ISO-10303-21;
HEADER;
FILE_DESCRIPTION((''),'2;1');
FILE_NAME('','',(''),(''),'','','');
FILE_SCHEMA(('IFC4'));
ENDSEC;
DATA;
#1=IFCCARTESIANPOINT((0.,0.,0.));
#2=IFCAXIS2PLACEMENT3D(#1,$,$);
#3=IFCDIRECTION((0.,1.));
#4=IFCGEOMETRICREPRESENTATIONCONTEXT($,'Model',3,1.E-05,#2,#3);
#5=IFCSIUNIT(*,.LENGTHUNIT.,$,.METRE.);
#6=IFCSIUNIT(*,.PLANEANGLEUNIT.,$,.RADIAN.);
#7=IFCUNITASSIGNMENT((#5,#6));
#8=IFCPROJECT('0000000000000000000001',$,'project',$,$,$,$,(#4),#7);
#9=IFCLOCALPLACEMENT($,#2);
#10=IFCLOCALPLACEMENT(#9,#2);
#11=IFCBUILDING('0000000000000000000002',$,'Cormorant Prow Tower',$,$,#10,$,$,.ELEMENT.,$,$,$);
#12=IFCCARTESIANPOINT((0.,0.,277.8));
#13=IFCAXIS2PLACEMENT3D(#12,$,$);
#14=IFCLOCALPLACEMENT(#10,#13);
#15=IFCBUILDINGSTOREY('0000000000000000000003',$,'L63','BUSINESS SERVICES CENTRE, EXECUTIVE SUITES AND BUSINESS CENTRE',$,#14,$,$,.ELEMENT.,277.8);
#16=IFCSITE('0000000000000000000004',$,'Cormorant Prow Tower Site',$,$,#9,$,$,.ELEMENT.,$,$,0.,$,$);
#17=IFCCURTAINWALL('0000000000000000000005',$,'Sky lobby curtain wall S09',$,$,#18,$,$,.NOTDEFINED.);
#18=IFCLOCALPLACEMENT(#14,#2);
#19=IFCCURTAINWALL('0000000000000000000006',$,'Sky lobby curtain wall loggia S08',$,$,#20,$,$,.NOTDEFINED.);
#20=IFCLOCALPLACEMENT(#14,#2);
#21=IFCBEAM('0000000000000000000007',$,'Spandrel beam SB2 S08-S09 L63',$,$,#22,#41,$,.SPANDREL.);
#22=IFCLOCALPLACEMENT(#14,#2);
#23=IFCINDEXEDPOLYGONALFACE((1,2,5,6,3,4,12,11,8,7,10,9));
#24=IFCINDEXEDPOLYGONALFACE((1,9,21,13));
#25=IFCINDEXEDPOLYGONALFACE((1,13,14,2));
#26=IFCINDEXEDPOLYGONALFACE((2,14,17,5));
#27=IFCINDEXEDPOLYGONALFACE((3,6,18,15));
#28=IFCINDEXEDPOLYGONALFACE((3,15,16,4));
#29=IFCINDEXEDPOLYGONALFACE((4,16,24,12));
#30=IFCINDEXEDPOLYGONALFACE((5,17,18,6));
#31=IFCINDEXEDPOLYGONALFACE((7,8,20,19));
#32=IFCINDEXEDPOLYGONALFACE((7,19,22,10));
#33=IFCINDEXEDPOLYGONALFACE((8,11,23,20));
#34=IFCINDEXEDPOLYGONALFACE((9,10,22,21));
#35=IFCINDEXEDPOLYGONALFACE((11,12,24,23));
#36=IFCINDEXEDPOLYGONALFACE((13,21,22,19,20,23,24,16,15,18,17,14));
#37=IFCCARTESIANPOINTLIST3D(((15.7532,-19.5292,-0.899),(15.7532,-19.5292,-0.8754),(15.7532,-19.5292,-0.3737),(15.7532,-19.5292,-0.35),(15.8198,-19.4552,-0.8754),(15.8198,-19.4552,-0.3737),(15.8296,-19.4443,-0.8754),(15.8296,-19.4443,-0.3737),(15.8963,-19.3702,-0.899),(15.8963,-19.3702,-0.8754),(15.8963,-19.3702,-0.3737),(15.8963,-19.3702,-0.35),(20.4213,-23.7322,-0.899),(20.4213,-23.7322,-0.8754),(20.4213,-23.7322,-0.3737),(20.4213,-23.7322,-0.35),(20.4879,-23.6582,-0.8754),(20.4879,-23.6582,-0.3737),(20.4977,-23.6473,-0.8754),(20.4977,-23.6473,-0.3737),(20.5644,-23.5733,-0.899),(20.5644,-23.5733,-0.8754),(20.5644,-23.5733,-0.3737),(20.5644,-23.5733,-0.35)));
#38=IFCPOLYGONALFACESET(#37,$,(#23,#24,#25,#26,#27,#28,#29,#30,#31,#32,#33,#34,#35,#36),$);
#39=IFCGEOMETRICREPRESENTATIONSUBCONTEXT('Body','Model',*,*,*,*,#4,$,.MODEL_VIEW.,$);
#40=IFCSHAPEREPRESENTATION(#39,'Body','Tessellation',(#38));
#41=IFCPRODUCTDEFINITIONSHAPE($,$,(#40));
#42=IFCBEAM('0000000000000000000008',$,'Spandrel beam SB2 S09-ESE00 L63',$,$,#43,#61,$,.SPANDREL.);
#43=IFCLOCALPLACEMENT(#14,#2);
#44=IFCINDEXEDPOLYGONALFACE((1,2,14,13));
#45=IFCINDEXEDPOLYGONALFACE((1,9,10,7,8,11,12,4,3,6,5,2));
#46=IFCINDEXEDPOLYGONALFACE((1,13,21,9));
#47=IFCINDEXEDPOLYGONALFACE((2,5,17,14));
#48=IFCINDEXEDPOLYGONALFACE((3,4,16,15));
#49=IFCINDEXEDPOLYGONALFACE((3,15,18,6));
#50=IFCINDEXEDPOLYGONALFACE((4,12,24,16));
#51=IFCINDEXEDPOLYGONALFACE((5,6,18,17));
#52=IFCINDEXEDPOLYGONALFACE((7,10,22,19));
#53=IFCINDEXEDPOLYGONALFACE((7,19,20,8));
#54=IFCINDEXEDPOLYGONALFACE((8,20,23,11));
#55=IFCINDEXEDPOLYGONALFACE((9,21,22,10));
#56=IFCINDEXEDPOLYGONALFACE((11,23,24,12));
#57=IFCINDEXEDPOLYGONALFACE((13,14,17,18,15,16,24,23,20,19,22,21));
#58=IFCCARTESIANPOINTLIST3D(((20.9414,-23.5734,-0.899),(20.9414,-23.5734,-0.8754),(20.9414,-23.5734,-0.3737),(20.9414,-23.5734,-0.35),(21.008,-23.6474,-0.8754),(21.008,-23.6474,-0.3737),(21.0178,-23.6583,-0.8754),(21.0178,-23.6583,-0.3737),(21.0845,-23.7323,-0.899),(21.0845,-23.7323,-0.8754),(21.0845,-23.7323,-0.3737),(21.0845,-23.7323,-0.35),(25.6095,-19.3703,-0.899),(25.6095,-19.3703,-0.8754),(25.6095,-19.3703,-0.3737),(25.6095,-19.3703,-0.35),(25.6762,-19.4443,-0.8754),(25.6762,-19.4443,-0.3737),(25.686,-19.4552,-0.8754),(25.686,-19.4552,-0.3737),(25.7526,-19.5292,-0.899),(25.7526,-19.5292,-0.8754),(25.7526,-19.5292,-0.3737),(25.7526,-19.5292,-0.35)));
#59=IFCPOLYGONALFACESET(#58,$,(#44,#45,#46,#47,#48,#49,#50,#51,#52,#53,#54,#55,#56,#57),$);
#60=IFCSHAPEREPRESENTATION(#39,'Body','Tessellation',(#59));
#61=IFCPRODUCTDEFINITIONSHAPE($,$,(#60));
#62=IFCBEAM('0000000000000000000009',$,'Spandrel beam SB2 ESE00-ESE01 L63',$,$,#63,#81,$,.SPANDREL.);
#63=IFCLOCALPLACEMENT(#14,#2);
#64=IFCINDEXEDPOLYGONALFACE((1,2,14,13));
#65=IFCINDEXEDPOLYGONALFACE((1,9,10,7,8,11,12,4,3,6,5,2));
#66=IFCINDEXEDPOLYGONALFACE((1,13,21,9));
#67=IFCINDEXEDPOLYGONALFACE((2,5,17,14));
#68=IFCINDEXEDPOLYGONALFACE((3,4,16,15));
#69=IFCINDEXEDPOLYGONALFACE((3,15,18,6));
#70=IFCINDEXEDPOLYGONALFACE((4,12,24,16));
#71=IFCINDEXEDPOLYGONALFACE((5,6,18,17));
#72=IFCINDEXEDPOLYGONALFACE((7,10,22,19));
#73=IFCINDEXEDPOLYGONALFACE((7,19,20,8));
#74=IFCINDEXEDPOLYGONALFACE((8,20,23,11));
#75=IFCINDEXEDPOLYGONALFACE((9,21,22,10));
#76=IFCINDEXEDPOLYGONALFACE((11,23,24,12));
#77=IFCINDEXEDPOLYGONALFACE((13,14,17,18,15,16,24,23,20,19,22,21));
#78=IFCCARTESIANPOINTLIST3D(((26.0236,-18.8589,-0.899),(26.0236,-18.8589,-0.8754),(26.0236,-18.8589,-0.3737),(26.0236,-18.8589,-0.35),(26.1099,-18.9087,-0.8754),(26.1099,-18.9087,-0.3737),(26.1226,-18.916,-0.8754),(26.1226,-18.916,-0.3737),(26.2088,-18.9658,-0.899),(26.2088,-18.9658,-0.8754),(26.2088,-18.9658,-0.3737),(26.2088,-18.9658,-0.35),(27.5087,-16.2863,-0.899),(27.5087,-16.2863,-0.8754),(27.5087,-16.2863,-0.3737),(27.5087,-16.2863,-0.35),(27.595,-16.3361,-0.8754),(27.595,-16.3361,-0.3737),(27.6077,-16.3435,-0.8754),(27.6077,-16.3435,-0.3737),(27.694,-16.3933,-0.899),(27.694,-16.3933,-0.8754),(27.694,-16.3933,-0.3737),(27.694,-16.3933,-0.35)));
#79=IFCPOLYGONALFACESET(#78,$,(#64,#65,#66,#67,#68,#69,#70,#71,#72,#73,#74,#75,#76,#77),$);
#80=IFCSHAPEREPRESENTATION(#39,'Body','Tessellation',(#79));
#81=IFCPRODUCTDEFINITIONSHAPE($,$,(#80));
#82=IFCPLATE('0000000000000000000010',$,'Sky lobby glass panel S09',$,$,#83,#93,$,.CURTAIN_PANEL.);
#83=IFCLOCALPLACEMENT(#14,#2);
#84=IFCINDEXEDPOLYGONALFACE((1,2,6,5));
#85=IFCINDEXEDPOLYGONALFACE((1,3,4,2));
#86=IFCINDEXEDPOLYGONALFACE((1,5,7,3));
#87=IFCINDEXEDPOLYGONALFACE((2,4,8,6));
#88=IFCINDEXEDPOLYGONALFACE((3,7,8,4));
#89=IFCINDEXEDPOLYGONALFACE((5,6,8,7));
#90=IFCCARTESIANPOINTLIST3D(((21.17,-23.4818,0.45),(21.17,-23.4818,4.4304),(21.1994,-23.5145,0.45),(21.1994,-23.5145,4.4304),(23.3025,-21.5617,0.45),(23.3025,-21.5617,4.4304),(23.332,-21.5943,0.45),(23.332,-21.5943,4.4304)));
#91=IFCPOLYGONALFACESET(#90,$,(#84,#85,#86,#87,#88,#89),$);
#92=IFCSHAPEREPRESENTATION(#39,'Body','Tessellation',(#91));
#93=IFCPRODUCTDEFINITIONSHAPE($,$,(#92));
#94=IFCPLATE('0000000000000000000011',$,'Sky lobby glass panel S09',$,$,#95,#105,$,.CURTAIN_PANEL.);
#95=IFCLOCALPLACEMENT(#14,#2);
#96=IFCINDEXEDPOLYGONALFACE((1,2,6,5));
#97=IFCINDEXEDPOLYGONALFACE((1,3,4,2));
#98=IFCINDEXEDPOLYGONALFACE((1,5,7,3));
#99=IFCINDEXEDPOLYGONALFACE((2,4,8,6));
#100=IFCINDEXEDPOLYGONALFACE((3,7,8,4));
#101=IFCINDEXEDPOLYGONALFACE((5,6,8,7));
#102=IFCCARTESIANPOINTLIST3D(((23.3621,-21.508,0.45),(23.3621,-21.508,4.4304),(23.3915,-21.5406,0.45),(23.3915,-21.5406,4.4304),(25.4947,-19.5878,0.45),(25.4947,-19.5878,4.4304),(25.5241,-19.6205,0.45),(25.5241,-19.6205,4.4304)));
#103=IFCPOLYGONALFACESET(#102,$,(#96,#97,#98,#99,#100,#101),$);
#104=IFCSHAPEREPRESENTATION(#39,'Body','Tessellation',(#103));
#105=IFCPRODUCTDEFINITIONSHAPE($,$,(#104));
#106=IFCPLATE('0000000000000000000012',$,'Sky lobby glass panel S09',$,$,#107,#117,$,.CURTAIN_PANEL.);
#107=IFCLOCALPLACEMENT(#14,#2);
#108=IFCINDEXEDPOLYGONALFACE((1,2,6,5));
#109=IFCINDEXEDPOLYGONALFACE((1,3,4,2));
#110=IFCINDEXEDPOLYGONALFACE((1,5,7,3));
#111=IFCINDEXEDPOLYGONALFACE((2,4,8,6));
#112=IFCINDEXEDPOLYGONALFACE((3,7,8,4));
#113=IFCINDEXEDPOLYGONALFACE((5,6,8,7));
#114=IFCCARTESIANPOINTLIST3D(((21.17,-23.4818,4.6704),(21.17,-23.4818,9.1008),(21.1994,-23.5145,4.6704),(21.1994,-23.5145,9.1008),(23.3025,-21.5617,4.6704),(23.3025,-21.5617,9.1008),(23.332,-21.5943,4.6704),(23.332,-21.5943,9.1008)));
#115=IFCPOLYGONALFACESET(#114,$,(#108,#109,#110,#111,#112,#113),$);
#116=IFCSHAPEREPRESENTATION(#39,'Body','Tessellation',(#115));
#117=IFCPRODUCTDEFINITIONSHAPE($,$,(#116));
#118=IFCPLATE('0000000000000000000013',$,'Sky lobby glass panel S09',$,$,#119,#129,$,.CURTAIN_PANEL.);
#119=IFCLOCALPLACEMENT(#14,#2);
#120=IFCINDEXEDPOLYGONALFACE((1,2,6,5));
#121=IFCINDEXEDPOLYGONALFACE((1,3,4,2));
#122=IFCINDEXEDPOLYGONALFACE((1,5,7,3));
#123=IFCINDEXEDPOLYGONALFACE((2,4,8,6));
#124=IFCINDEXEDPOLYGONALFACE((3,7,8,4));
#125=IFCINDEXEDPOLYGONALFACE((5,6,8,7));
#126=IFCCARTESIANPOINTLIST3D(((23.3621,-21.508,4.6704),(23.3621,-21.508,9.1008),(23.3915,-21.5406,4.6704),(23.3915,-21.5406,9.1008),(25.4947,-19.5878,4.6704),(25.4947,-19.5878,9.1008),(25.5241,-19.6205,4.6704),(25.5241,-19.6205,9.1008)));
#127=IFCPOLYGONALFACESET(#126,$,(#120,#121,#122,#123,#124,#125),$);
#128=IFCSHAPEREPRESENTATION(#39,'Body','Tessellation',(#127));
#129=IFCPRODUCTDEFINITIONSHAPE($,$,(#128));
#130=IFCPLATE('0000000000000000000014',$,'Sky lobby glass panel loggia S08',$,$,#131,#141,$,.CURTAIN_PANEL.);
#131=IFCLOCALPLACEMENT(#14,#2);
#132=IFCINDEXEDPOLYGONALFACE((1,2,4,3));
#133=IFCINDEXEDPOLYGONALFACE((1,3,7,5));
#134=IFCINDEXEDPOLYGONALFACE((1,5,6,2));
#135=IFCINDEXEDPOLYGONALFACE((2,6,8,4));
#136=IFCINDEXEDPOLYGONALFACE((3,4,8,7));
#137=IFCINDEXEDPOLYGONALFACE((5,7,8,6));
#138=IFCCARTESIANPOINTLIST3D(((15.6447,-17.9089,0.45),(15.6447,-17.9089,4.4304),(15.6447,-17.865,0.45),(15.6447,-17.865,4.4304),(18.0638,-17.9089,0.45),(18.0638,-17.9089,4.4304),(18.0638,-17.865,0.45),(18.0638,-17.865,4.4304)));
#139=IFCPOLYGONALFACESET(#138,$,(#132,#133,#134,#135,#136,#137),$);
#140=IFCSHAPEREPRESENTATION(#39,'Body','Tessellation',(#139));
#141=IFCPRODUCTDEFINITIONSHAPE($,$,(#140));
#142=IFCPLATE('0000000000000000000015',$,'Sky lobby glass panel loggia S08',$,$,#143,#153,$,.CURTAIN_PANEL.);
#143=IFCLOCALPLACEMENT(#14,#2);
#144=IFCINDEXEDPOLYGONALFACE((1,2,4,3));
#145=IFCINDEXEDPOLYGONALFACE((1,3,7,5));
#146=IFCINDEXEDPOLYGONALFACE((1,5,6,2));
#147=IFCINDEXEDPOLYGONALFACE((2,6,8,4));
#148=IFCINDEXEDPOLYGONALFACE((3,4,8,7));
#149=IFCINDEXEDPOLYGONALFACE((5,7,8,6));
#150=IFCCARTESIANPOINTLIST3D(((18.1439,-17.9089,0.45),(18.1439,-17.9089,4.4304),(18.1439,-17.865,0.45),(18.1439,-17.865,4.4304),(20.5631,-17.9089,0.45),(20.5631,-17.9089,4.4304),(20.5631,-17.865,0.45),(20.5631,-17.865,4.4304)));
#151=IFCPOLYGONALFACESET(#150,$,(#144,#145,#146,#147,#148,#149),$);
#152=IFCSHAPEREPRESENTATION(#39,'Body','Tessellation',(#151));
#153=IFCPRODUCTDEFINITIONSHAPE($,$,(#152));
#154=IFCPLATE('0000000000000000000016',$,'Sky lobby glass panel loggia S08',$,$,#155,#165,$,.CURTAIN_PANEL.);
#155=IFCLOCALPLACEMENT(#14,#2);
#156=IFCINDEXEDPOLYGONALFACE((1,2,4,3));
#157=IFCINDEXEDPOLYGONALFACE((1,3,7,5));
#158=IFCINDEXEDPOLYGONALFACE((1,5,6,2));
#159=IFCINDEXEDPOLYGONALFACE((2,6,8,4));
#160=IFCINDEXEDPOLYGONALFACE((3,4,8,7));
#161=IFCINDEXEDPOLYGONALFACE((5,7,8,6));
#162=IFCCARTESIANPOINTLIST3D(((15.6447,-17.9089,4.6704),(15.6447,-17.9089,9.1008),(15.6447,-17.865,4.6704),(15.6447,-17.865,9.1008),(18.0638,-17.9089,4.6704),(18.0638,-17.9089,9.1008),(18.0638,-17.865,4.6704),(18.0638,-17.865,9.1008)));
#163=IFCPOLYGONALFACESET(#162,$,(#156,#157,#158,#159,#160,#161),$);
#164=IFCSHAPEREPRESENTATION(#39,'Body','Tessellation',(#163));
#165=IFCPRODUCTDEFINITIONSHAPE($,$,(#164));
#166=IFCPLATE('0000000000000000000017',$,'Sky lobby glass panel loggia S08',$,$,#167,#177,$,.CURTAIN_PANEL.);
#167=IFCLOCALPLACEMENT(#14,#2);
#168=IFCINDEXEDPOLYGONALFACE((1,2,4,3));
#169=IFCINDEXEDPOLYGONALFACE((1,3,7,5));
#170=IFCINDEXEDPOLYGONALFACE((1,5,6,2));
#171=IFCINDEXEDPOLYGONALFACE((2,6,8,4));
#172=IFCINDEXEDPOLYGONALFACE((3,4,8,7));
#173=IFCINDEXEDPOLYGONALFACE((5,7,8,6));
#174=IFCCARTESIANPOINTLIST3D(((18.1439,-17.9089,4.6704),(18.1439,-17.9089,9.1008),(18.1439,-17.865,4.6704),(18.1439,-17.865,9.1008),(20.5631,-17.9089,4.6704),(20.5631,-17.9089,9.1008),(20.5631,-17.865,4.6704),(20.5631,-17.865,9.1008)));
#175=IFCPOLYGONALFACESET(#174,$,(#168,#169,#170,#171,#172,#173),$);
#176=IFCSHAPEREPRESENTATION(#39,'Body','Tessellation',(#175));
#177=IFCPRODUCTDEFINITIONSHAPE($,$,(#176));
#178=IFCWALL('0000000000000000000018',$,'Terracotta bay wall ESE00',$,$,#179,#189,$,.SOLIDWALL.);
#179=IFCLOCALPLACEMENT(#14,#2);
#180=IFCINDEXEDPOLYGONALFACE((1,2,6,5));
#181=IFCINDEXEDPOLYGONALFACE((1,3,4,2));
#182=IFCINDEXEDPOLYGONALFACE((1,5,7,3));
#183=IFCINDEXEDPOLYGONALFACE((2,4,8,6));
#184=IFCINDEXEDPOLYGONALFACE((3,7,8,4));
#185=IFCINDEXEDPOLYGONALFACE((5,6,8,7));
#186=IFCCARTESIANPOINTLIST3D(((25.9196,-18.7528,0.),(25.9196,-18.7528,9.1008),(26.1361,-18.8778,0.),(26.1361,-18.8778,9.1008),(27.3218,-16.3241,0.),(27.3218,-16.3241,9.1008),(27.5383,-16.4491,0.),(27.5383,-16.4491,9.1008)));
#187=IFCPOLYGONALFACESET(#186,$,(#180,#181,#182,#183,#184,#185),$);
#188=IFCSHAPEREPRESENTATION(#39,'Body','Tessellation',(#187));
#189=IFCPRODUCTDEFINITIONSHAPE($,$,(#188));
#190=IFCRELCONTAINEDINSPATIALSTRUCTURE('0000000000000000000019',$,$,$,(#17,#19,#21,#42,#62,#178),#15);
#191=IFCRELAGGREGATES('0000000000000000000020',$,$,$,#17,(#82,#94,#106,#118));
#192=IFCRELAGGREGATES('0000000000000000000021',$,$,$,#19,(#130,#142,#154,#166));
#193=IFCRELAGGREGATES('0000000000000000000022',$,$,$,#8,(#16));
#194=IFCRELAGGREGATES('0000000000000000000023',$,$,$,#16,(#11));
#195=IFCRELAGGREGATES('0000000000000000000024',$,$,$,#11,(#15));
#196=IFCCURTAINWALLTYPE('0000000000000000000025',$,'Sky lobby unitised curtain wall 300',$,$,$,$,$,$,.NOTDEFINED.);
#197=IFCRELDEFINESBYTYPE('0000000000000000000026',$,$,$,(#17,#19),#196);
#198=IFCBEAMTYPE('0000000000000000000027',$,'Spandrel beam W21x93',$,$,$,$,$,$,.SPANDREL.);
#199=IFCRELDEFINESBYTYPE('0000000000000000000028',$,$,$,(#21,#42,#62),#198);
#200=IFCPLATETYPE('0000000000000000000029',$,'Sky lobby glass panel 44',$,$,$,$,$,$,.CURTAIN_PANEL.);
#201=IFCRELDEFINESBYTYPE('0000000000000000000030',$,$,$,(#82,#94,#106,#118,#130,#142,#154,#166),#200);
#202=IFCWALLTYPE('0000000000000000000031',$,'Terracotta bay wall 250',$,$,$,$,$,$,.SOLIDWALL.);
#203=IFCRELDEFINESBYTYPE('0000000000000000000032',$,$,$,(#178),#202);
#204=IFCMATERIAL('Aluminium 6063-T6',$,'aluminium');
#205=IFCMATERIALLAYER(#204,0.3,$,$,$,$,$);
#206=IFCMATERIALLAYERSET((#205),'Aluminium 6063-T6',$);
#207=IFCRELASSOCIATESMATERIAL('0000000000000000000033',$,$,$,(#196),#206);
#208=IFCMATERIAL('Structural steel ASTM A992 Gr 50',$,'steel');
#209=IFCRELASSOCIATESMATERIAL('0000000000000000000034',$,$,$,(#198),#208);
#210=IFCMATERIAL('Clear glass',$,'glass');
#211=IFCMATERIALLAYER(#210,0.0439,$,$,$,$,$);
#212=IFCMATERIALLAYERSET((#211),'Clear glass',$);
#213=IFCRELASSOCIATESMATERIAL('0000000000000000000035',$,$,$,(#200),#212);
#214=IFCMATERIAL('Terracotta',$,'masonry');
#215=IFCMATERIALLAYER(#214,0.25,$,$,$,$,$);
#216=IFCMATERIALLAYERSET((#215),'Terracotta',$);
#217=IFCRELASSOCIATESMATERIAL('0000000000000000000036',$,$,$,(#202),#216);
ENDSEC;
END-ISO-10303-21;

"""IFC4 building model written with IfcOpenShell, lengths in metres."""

from ifc_helpers import new_model, si_unit, direction, frame, frame_2d, origin, origin_2d, place, context, subcontext, project, spatial, rectangle, i_section, extrude, material, layer, layer_set, material_profile, profile_set, type_object, element, aggregate, save


model = new_model("IFC4")

# Units and contexts
model_context = context("Model", 3, precision=1e-05, world=origin(), true_north=direction((0.0, 1.0)))
body_context = subcontext(model_context, "Body", "Model", "MODEL_VIEW")
ifc_project = project(units=[si_unit("LENGTHUNIT", "METRE"), si_unit("PLANEANGLEUNIT", "RADIAN")], contexts=[model_context])

# Site, building, storey
site_placement = place(None, origin())
site = spatial("IfcSite", under=ifc_project, at=site_placement, Name="Cormorant Prow Tower Site", CompositionType="ELEMENT", RefElevation=0.0)
building_placement = place(site_placement, origin())
building = spatial("IfcBuilding", under=site, at=building_placement, Name="Cormorant Prow Tower", CompositionType="ELEMENT")
storey_placement = place(building_placement, frame((0.0, 0.0, 277.8)))
storey = spatial("IfcBuildingStorey", under=building, at=storey_placement, Name="L63", Description="BUSINESS SERVICES CENTRE, EXECUTIVE SUITES AND BUSINESS CENTRE", CompositionType="ELEMENT", Elevation=277.8)

# Curtain wall
ifc_material_1 = material(Name="Aluminium 6063-T6", Category="aluminium")
ifc_layer_1 = layer(ifc_material_1, 0.3)
ifc_layer_set_1 = layer_set([ifc_layer_1], Name="Aluminium 6063-T6")
curtain_wall_type = type_object("IfcCurtainWallType", Name="Sky lobby unitised curtain wall 300", PredefinedType="NOTDEFINED", material=ifc_layer_set_1)
curtain_wall_1_placement = place(storey_placement, origin())
curtain_wall_1 = element("IfcCurtainWall", 1, at=curtain_wall_1_placement, inside=storey, type_object=curtain_wall_type, Name="Sky lobby curtain wall S09", PredefinedType="NOTDEFINED")

# Curtain wall
curtain_wall_2_placement = place(storey_placement, origin())
curtain_wall_2 = element("IfcCurtainWall", 2, at=curtain_wall_2_placement, inside=storey, type_object=curtain_wall_type, Name="Sky lobby curtain wall loggia S08", PredefinedType="NOTDEFINED")

# Beams
ifc_material_2 = material(Name="Structural steel ASTM A992 Gr 50", Category="steel")
ifc_material_profile_1 = material_profile(ifc_material_2, i_section(OverallWidth=0.2139, OverallDepth=0.5491, WebThickness=0.0146, FlangeThickness=0.0237, at=origin_2d()), Name="W21x93")
ifc_profile_set_1 = profile_set([ifc_material_profile_1], Name="Structural steel ASTM A992 Gr 50")
beam_type = type_object("IfcBeamType", Name="Spandrel beam W21x93", PredefinedType="SPANDREL", material=ifc_profile_set_1)
for number, where, z_axis, x_axis, name in (
    (3, (15.8247, -19.4497, -0.6245), (0.743157, -0.669117, 0.0), (0.669117, 0.743157, 0.0), "Spandrel beam SB2 S08-S09 L63"),
    (4, (21.0129, -23.6528, -0.6245), (0.743157, 0.669117, 0.0), (-0.669117, 0.743157, 0.0), "Spandrel beam SB2 S09-ESE00 L63"),
):
    element("IfcBeam", number, at=place(storey_placement, frame(where, z_axis=z_axis, x_axis=x_axis)), inside=storey, type_object=beam_type, Name=name, PredefinedType="SPANDREL", context=body_context, shape_type="SweptSolid", body=[
        extrude(i_section(OverallWidth=0.2139, OverallDepth=0.5491, WebThickness=0.0146, FlangeThickness=0.0237, at=origin_2d()), origin(), (0.0, 0.0, 1.0), 6.2815),
    ])
beam_placement = place(storey_placement, frame((26.1162, -18.9124, -0.6245), z_axis=(0.499967, 0.866045, 0.0), x_axis=(-0.866045, 0.499967, 0.0)))
element("IfcBeam", 5, at=beam_placement, inside=storey, type_object=beam_type, Name="Spandrel beam SB2 ESE00-ESE01 L63", PredefinedType="SPANDREL", context=body_context, shape_type="SweptSolid", body=[
    extrude(i_section(OverallWidth=0.2139, OverallDepth=0.5491, WebThickness=0.0146, FlangeThickness=0.0237, at=origin_2d()), origin(), (0.0, 0.0, 1.0), 2.9705),
])

# Plates
ifc_material_3 = material(Name="Clear glass", Category="glass")
ifc_layer_2 = layer(ifc_material_3, 0.0439)
ifc_layer_set_2 = layer_set([ifc_layer_2], Name="Clear glass")
plate_type = type_object("IfcPlateType", Name="Sky lobby glass panel 44", PredefinedType="CURTAIN_PANEL", material=ifc_layer_set_2)
plate_1_placement = place(storey_placement, frame((22.251, -22.5381, 0.45), z_axis=(0.0, 0.0, 1.0), x_axis=(0.743145, 0.669131, 0.0)))
plate_1 = element("IfcPlate", 6, at=plate_1_placement, type_object=plate_type, Name="Sky lobby glass panel S09", PredefinedType="CURTAIN_PANEL", context=body_context, shape_type="SweptSolid", body=[
    extrude(rectangle(XDim=2.8696, YDim=0.0439, at=origin_2d()), origin(), (0.0, 0.0, 1.0), 3.9805),
])
plate_2_placement = place(storey_placement, frame((24.4431, -20.5642, 0.45), z_axis=(0.0, 0.0, 1.0), x_axis=(0.743145, 0.669131, 0.0)))
plate_2 = element("IfcPlate", 7, at=plate_2_placement, type_object=plate_type, Name="Sky lobby glass panel S09", PredefinedType="CURTAIN_PANEL", context=body_context, shape_type="SweptSolid", body=[
    extrude(rectangle(XDim=2.8696, YDim=0.0439, at=origin_2d()), origin(), (0.0, 0.0, 1.0), 3.9805),
])
plate_3_placement = place(storey_placement, frame((22.251, -22.5381, 4.6704), z_axis=(0.0, 0.0, 1.0), x_axis=(0.743145, 0.669131, 0.0)))
plate_3 = element("IfcPlate", 8, at=plate_3_placement, type_object=plate_type, Name="Sky lobby glass panel S09", PredefinedType="CURTAIN_PANEL", context=body_context, shape_type="SweptSolid", body=[
    extrude(rectangle(XDim=2.8696, YDim=0.0439, at=origin_2d()), origin(), (0.0, 0.0, 1.0), 4.4304),
])
plate_4_placement = place(storey_placement, frame((24.4431, -20.5642, 4.6704), z_axis=(0.0, 0.0, 1.0), x_axis=(0.743145, 0.669131, 0.0)))
plate_4 = element("IfcPlate", 9, at=plate_4_placement, type_object=plate_type, Name="Sky lobby glass panel S09", PredefinedType="CURTAIN_PANEL", context=body_context, shape_type="SweptSolid", body=[
    extrude(rectangle(XDim=2.8696, YDim=0.0439, at=origin_2d()), origin(), (0.0, 0.0, 1.0), 4.4304),
])
aggregate(curtain_wall_1, [plate_1, plate_2, plate_3, plate_4])
plate_5_placement = place(storey_placement, frame((16.8542, -17.887, 0.45), z_axis=(0.0, 0.0, 1.0), x_axis=(1.0, 0.0, 0.0)))
plate_5 = element("IfcPlate", 10, at=plate_5_placement, type_object=plate_type, Name="Sky lobby glass panel loggia S08", PredefinedType="CURTAIN_PANEL", context=body_context, shape_type="SweptSolid", body=[
    extrude(rectangle(XDim=2.4192, YDim=0.0439, at=origin_2d()), origin(), (0.0, 0.0, 1.0), 3.9805),
])
plate_6_placement = place(storey_placement, frame((19.3535, -17.887, 0.45), z_axis=(0.0, 0.0, 1.0), x_axis=(1.0, 0.0, 0.0)))
plate_6 = element("IfcPlate", 11, at=plate_6_placement, type_object=plate_type, Name="Sky lobby glass panel loggia S08", PredefinedType="CURTAIN_PANEL", context=body_context, shape_type="SweptSolid", body=[
    extrude(rectangle(XDim=2.4192, YDim=0.0439, at=origin_2d()), origin(), (0.0, 0.0, 1.0), 3.9805),
])
plate_7_placement = place(storey_placement, frame((16.8542, -17.887, 4.6704), z_axis=(0.0, 0.0, 1.0), x_axis=(1.0, 0.0, 0.0)))
plate_7 = element("IfcPlate", 12, at=plate_7_placement, type_object=plate_type, Name="Sky lobby glass panel loggia S08", PredefinedType="CURTAIN_PANEL", context=body_context, shape_type="SweptSolid", body=[
    extrude(rectangle(XDim=2.4192, YDim=0.0439, at=origin_2d()), origin(), (0.0, 0.0, 1.0), 4.4304),
])
plate_8_placement = place(storey_placement, frame((19.3535, -17.887, 4.6704), z_axis=(0.0, 0.0, 1.0), x_axis=(1.0, 0.0, 0.0)))
plate_8 = element("IfcPlate", 13, at=plate_8_placement, type_object=plate_type, Name="Sky lobby glass panel loggia S08", PredefinedType="CURTAIN_PANEL", context=body_context, shape_type="SweptSolid", body=[
    extrude(rectangle(XDim=2.4192, YDim=0.0439, at=origin_2d()), origin(), (0.0, 0.0, 1.0), 4.4304),
])
aggregate(curtain_wall_2, [plate_5, plate_6, plate_7, plate_8])

# Wall
ifc_material_4 = material(Name="Terracotta", Category="masonry")
ifc_layer_3 = layer(ifc_material_4, 0.25)
ifc_layer_set_3 = layer_set([ifc_layer_3], Name="Terracotta")
wall_type_1 = type_object("IfcWallType", Name="Terracotta bay wall 250", PredefinedType="SOLIDWALL", material=ifc_layer_set_3)
wall_1_placement = place(storey_placement, frame((26.0278, -18.8154, 0.0), z_axis=(0.0, 0.0, 1.0), x_axis=(0.499969, 0.866044, 0.0)))
element("IfcWall", 14, at=wall_1_placement, inside=storey, type_object=wall_type_1, Name="Terracotta bay wall ESE00", PredefinedType="SOLIDWALL", context=body_context, shape_type="SweptSolid", body=[
    extrude(rectangle(XDim=2.8044, YDim=0.25, at=frame_2d((1.4023, 0.0))), origin(), (0.0, 0.0, 1.0), 9.1008),
])

save(model, "model.ifc")
